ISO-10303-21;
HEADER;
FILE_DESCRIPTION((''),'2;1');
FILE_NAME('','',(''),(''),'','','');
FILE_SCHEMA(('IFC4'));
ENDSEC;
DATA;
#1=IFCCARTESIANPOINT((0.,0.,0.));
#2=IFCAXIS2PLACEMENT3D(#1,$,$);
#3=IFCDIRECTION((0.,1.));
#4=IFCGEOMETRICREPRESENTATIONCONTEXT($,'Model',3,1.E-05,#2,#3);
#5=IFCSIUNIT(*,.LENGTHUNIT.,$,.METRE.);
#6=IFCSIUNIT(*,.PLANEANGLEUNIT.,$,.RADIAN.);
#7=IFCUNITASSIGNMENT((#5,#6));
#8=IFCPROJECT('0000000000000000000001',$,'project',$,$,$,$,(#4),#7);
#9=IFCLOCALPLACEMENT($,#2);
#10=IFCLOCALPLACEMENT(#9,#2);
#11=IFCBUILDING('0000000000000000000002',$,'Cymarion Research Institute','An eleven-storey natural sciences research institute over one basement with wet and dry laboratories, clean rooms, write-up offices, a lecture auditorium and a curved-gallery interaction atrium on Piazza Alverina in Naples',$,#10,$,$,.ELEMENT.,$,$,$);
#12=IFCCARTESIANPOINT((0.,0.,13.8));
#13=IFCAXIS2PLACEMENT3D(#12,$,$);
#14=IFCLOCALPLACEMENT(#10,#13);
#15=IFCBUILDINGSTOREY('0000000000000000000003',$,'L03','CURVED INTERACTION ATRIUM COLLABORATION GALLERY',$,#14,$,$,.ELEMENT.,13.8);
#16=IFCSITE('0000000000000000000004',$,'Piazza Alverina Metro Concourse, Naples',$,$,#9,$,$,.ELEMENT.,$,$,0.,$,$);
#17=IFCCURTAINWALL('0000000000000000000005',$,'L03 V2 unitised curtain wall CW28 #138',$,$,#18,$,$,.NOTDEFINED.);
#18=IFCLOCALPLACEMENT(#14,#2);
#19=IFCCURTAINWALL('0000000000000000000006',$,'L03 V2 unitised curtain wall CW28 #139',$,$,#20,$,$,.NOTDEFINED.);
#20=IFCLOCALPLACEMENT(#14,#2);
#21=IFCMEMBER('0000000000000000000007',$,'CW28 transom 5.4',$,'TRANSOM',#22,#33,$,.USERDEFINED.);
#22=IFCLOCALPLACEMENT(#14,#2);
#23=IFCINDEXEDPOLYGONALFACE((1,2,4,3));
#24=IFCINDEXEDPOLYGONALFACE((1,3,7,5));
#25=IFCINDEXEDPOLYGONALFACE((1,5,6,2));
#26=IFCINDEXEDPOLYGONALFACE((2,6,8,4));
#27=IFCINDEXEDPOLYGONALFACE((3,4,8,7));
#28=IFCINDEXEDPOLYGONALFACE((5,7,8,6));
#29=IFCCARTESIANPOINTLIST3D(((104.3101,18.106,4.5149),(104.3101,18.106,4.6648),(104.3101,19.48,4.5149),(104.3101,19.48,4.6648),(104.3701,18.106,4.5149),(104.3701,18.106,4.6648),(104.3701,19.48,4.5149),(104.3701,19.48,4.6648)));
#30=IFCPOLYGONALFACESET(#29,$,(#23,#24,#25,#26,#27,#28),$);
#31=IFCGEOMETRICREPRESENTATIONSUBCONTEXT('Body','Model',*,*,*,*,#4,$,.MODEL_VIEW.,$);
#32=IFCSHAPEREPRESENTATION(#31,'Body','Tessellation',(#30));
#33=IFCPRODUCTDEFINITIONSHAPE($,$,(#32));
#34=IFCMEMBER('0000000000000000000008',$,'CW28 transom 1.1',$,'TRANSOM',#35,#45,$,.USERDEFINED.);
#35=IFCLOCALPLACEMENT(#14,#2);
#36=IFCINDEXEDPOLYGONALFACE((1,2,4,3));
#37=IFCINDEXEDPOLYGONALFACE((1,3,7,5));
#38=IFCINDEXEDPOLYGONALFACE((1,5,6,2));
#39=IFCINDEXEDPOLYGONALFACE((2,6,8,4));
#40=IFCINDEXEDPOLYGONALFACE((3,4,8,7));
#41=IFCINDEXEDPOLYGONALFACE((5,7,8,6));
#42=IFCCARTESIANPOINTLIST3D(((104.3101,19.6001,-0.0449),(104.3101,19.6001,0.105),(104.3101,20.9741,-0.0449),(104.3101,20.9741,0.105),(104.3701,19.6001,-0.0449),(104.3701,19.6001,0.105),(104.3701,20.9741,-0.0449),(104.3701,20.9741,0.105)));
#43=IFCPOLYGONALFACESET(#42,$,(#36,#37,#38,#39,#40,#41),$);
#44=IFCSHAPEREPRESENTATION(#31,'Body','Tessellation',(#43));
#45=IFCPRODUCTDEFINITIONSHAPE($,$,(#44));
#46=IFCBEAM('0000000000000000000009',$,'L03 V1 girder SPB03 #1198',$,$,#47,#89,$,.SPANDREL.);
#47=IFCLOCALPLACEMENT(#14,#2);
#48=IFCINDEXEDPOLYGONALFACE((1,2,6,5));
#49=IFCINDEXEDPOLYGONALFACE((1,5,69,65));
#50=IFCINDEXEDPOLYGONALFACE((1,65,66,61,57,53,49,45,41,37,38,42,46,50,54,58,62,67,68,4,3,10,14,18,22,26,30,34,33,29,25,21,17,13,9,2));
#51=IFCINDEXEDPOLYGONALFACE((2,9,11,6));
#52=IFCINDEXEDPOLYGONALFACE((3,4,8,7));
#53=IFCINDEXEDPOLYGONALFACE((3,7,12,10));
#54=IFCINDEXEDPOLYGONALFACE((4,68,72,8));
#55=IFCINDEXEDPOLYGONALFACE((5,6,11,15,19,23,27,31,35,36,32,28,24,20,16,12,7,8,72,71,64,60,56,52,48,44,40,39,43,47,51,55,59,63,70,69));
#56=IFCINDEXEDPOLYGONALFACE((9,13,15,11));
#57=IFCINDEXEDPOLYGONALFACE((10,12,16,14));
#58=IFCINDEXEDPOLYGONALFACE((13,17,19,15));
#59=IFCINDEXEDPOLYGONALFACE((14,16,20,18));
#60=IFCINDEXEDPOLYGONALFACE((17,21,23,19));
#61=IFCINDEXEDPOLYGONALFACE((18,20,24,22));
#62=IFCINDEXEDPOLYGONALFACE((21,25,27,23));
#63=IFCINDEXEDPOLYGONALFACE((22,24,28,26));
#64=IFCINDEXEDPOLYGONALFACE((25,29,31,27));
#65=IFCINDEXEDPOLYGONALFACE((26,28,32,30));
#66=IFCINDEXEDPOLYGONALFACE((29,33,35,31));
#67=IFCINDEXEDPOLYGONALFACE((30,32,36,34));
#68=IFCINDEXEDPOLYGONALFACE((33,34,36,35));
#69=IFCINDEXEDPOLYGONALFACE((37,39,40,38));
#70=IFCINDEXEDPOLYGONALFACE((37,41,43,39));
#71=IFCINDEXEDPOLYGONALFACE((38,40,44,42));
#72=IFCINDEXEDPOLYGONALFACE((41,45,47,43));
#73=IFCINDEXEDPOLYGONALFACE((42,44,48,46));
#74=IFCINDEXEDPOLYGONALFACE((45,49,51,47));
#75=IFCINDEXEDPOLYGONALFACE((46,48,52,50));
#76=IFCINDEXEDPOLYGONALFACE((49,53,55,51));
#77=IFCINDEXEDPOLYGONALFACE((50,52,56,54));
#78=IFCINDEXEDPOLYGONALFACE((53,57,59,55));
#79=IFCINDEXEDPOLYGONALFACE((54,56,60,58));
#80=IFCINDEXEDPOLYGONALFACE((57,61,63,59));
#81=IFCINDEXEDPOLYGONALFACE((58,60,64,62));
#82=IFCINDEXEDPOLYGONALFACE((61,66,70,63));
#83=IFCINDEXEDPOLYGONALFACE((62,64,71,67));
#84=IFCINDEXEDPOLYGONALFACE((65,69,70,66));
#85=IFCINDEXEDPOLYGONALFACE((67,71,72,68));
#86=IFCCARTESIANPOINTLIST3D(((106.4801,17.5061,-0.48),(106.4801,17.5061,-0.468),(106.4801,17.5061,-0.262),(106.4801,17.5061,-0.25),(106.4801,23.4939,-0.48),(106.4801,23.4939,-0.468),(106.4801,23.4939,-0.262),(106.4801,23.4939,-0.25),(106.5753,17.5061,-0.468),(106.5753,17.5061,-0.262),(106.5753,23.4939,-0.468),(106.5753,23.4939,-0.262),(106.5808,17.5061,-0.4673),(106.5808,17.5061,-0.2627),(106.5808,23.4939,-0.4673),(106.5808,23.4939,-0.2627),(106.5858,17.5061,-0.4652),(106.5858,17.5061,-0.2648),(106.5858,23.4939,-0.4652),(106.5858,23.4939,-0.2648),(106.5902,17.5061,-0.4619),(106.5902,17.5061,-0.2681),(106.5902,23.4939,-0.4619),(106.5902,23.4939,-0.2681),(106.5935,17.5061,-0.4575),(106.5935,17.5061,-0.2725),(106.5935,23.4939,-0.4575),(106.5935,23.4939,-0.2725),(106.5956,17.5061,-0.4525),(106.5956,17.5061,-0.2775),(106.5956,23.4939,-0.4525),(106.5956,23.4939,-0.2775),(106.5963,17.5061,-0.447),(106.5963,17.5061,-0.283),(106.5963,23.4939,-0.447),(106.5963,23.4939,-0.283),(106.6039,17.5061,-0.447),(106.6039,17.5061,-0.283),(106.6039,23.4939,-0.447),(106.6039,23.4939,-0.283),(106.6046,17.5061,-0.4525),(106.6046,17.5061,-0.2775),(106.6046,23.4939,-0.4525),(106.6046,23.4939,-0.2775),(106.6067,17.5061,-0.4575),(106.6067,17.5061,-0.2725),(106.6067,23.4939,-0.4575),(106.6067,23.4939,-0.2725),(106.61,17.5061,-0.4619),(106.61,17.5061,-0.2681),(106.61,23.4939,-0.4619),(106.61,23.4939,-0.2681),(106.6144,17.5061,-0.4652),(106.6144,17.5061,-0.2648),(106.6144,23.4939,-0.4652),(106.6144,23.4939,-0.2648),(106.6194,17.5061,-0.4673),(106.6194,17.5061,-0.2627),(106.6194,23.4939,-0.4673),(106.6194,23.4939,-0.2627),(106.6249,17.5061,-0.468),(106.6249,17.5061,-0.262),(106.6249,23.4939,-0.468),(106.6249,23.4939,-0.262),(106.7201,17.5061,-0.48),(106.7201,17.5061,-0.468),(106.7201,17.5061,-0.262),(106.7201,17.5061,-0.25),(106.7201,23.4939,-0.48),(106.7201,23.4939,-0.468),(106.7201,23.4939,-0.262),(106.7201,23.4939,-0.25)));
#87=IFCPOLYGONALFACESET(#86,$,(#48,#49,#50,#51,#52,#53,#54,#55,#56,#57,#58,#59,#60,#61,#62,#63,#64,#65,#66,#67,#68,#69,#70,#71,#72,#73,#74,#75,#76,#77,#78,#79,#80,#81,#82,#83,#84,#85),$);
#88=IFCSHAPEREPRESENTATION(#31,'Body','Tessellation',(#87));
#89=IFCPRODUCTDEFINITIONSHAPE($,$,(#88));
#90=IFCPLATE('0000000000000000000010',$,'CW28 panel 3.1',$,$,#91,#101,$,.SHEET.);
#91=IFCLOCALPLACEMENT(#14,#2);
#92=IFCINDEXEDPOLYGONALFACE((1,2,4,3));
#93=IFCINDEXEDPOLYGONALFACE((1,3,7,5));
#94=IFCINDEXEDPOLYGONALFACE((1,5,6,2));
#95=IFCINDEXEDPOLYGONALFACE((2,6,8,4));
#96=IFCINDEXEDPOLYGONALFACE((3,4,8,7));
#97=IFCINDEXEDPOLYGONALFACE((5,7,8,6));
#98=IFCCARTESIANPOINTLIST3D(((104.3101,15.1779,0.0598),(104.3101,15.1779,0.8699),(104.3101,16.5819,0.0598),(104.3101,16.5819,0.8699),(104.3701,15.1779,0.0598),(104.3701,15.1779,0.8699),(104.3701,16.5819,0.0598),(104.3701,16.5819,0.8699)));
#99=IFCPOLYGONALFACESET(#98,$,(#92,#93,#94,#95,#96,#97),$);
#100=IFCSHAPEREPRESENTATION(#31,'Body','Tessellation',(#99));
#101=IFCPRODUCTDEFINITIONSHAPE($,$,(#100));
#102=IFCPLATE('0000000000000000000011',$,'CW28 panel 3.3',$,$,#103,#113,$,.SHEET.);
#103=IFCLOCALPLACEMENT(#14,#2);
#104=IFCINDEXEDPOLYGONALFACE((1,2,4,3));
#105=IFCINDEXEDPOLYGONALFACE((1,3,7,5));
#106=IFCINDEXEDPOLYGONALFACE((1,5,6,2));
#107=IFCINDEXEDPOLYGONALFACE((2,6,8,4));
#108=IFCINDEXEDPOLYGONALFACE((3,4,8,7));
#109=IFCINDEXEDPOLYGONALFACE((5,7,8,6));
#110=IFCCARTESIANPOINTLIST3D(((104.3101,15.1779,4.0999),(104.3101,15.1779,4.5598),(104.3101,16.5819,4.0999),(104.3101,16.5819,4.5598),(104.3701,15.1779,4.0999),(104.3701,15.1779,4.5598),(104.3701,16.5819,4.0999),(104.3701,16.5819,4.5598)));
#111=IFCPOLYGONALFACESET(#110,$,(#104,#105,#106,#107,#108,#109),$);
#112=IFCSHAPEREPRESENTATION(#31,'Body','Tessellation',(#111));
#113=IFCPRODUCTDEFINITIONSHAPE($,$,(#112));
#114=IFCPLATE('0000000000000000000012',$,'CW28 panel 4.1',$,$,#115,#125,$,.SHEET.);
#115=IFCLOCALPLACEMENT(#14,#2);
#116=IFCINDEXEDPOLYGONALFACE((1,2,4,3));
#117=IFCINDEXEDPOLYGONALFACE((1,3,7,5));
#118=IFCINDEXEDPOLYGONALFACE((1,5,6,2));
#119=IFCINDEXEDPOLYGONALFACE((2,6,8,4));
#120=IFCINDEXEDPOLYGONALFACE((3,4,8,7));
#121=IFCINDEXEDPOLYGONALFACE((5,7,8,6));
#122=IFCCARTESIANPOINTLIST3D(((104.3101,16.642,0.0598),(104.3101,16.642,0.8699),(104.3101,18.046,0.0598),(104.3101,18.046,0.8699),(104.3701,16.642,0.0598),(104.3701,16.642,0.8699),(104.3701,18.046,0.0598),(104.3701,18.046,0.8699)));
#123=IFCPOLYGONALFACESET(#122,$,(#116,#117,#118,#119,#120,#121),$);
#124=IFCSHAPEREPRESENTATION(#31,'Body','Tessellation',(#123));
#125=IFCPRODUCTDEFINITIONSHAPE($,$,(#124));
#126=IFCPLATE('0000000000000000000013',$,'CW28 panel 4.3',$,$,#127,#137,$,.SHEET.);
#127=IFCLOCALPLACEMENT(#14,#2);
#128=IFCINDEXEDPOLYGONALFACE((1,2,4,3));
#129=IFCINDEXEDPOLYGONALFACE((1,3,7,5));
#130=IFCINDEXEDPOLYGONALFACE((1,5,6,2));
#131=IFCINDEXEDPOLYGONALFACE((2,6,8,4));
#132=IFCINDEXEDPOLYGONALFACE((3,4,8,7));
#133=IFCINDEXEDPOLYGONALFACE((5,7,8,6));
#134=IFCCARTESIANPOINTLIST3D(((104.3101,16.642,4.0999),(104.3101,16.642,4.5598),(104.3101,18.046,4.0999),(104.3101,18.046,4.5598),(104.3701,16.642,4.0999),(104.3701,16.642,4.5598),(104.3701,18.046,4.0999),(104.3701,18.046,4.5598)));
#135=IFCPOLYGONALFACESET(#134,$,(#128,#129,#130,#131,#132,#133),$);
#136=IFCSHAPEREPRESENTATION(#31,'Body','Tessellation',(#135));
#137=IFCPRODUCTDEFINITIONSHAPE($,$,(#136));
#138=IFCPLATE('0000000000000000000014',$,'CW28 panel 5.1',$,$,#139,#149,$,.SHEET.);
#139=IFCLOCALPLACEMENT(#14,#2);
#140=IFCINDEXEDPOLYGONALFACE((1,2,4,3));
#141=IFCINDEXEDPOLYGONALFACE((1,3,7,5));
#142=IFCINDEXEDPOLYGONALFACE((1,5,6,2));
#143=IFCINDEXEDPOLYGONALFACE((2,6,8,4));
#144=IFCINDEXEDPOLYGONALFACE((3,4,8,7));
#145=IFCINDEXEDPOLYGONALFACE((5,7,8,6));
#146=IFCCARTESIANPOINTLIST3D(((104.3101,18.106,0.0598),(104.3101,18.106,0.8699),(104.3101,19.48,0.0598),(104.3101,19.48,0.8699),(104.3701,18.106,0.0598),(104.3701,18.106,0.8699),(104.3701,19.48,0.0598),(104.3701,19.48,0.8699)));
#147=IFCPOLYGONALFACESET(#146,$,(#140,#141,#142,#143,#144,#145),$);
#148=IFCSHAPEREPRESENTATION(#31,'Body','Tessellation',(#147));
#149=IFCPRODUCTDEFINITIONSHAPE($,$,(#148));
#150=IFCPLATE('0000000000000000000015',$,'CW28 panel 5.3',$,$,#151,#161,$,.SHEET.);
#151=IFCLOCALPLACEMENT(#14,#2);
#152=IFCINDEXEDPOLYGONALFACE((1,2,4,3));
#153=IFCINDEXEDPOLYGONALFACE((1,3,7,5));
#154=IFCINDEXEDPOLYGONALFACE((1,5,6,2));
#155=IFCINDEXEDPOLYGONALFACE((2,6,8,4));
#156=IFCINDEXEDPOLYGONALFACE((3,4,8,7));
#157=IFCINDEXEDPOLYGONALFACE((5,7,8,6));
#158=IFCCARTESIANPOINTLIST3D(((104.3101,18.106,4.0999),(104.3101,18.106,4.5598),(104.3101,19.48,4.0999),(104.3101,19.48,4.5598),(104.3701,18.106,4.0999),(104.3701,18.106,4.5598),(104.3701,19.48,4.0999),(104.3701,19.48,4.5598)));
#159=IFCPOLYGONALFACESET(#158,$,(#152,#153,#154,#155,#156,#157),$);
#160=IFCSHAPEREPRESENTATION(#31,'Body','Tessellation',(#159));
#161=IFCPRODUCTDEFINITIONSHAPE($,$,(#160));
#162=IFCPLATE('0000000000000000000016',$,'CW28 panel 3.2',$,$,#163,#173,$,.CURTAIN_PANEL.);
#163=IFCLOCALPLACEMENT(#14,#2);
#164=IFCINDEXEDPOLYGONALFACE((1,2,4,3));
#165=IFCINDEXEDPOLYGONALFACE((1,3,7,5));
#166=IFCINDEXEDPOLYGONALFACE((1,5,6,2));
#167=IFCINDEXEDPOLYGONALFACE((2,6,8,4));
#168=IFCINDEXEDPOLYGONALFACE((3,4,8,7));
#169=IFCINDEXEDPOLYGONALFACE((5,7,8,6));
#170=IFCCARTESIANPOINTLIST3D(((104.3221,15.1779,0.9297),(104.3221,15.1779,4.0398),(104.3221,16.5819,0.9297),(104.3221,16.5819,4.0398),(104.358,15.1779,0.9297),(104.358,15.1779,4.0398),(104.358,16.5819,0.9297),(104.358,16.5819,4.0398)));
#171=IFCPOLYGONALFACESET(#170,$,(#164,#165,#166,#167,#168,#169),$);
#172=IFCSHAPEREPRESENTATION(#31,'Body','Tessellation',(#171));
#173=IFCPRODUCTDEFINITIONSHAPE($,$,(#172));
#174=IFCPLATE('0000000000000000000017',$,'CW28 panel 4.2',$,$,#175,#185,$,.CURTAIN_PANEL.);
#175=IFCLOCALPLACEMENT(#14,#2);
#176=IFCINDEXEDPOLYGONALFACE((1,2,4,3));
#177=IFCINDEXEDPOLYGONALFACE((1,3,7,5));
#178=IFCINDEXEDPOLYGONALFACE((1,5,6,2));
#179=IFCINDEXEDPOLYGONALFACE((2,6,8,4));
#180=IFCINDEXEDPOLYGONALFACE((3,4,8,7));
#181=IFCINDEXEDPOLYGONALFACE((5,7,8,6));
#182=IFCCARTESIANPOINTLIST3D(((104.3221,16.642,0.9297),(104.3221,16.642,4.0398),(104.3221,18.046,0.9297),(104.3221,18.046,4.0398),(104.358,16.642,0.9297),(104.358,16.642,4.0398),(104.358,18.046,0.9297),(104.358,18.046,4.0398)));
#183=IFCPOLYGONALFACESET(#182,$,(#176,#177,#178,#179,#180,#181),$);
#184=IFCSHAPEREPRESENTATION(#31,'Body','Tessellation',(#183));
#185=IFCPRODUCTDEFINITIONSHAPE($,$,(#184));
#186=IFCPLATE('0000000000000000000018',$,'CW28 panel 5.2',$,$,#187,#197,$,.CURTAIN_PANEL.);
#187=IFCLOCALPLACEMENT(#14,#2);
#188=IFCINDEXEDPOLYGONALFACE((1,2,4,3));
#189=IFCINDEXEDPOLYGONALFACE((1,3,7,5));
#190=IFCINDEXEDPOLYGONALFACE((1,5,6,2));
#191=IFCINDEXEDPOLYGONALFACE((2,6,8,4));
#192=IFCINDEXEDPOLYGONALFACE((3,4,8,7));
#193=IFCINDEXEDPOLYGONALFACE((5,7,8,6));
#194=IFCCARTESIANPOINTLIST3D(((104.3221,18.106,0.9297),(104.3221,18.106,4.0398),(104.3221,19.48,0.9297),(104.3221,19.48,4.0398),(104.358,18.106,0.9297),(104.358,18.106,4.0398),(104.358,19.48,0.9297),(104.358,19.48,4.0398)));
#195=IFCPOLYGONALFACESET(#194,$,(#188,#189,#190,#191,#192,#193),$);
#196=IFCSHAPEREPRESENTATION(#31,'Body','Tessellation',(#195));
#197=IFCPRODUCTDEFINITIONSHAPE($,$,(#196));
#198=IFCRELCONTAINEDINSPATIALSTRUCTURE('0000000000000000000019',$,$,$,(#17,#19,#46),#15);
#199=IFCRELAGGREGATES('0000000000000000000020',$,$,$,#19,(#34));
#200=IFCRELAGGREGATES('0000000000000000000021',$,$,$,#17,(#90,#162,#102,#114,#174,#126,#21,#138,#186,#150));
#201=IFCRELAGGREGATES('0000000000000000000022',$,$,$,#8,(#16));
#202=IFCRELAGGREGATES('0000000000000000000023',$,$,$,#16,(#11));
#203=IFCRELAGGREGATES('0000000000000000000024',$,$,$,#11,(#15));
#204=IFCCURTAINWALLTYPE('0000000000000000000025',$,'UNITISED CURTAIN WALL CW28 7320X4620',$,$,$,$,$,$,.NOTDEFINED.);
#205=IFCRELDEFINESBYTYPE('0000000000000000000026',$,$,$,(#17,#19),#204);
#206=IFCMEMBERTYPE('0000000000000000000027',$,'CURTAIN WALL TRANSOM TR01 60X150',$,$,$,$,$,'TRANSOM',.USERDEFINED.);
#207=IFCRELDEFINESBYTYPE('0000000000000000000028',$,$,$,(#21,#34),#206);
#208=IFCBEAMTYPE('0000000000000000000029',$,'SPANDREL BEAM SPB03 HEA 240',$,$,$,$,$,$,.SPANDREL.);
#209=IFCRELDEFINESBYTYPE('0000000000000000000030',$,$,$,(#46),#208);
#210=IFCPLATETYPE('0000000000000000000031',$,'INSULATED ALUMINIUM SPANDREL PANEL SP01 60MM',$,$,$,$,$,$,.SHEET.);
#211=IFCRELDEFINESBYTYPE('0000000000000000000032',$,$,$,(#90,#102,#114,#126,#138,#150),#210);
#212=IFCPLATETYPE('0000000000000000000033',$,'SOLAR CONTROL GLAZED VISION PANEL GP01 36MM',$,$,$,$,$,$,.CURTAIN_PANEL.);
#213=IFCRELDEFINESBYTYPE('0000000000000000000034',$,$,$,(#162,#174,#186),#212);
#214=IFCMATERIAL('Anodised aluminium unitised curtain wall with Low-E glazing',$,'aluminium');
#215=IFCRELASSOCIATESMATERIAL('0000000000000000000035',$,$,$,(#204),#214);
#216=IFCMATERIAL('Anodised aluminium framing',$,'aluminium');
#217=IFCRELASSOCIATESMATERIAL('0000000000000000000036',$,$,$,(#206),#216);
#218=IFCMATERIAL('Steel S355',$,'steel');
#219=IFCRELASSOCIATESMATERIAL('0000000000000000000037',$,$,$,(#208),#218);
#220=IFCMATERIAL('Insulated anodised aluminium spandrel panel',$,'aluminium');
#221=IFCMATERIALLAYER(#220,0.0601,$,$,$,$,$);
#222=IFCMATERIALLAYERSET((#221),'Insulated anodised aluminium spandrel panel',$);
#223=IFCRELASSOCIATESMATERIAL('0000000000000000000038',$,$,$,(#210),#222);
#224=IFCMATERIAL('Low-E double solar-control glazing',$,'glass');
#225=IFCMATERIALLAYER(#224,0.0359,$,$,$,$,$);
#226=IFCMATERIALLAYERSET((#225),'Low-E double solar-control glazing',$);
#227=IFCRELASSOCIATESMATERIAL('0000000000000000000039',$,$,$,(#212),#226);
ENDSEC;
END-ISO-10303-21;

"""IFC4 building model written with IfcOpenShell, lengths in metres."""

from ifc_helpers import new_model, si_unit, direction, frame, origin, origin_2d, place, context, subcontext, project, spatial, rectangle, i_section, extrude, material, layer, layer_set, material_profile, profile_set, type_object, element, aggregate, save


model = new_model("IFC4")

# Units and contexts
model_context = context("Model", 3, precision=1e-05, world=origin(), true_north=direction((0.0, 1.0)))
body_context = subcontext(model_context, "Body", "Model", "MODEL_VIEW")
ifc_project = project(units=[si_unit("LENGTHUNIT", "METRE"), si_unit("PLANEANGLEUNIT", "RADIAN")], contexts=[model_context])

# Site, building, storey
site_placement = place(None, origin())
site = spatial("IfcSite", under=ifc_project, at=site_placement, Name="Piazza Alverina Metro Concourse, Naples", CompositionType="ELEMENT", RefElevation=0.0)
building_placement = place(site_placement, origin())
building = spatial("IfcBuilding", under=site, at=building_placement, Name="Cymarion Research Institute", Description="An eleven-storey natural sciences research institute over one basement with wet and dry laboratories, clean rooms, write-up offices, a lecture auditorium and a curved-gallery interaction atrium on Piazza Alverina in Naples", CompositionType="ELEMENT")
storey_placement = place(building_placement, frame((0.0, 0.0, 13.8)))
storey = spatial("IfcBuildingStorey", under=building, at=storey_placement, Name="L03", Description="CURVED INTERACTION ATRIUM COLLABORATION GALLERY", CompositionType="ELEMENT", Elevation=13.8)

# Shared definitions
ifc_material_1 = material(Name="Steel S355", Category="steel")

# Curtain wall
ifc_material_2 = material(Name="Anodised aluminium unitised curtain wall with Low-E glazing", Category="aluminium")
curtain_wall_type = type_object("IfcCurtainWallType", Name="UNITISED CURTAIN WALL CW28 7320X4620", PredefinedType="NOTDEFINED", material=ifc_material_2)
curtain_wall_1_placement = place(storey_placement, origin())
curtain_wall_1 = element("IfcCurtainWall", 1, at=curtain_wall_1_placement, inside=storey, type_object=curtain_wall_type, Name="L03 V2 unitised curtain wall CW28 #138", PredefinedType="NOTDEFINED")
ifc_material_3 = material(Name="Anodised aluminium framing", Category="aluminium")

# Curtain wall
curtain_wall_2_placement = place(storey_placement, origin())
curtain_wall_2 = element("IfcCurtainWall", 2, at=curtain_wall_2_placement, inside=storey, type_object=curtain_wall_type, Name="L03 V2 unitised curtain wall CW28 #139", PredefinedType="NOTDEFINED")

# Members
ifc_material_profile_1 = material_profile(ifc_material_3, rectangle(XDim=0.0601, YDim=0.1499, at=origin_2d()), Name="ALU TRANSOM 60x150")
ifc_profile_set_1 = profile_set([ifc_material_profile_1], Name="Anodised aluminium framing")
member_type_1 = type_object("IfcMemberType", Name="CURTAIN WALL TRANSOM TR01 60X150", ElementType="TRANSOM", PredefinedType="USERDEFINED", material=ifc_profile_set_1)
member_1_placement = place(storey_placement, frame((104.3401, 18.106, 4.5898), z_axis=(0.0, 1.0, 0.0), x_axis=(-1.0, 0.0, 0.0)))
member_1 = element("IfcMember", 3, at=member_1_placement, type_object=member_type_1, Name="CW28 transom 5.4", ObjectType="TRANSOM", PredefinedType="USERDEFINED", context=body_context, shape_type="SweptSolid", body=[
    extrude(rectangle(XDim=0.0601, YDim=0.1499, at=origin_2d()), origin(), (0.0, 0.0, 1.0), 1.374),
])
member_2_placement = place(storey_placement, frame((104.3401, 19.6001, 0.03), z_axis=(0.0, 1.0, 0.0), x_axis=(-1.0, 0.0, 0.0)))
member_2 = element("IfcMember", 4, at=member_2_placement, type_object=member_type_1, Name="CW28 transom 1.1", ObjectType="TRANSOM", PredefinedType="USERDEFINED", context=body_context, shape_type="SweptSolid", body=[
    extrude(rectangle(XDim=0.0601, YDim=0.1499, at=origin_2d()), origin(), (0.0, 0.0, 1.0), 1.374),
])
aggregate(curtain_wall_2, [member_2])

# Beam
ifc_material_profile_2 = material_profile(ifc_material_1, i_section(OverallWidth=0.24, OverallDepth=0.23, WebThickness=0.0076, FlangeThickness=0.012, FilletRadius=0.021, at=origin_2d()), Name="HEA 240")
ifc_profile_set_2 = profile_set([ifc_material_profile_2], Name="Steel S355")
beam_type = type_object("IfcBeamType", Name="SPANDREL BEAM SPB03 HEA 240", PredefinedType="SPANDREL", material=ifc_profile_set_2)
beam_placement = place(storey_placement, frame((106.6001, 17.5061, -0.365), z_axis=(0.0, 1.0, 0.0), x_axis=(-1.0, 0.0, 0.0)))
element("IfcBeam", 5, at=beam_placement, inside=storey, type_object=beam_type, Name="L03 V1 girder SPB03 #1198", PredefinedType="SPANDREL", context=body_context, shape_type="SweptSolid", body=[
    extrude(i_section(OverallWidth=0.24, OverallDepth=0.23, WebThickness=0.0076, FlangeThickness=0.012, FilletRadius=0.021, at=origin_2d()), origin(), (0.0, 0.0, 1.0), 5.9878),
])

# Plates
ifc_material_4 = material(Name="Insulated anodised aluminium spandrel panel", Category="aluminium")
ifc_layer_1 = layer(ifc_material_4, 0.0601)
ifc_layer_set_1 = layer_set([ifc_layer_1], Name="Insulated anodised aluminium spandrel panel")
plate_type_1 = type_object("IfcPlateType", Name="INSULATED ALUMINIUM SPANDREL PANEL SP01 60MM", PredefinedType="SHEET", material=ifc_layer_set_1)
plate_1_placement = place(storey_placement, frame((104.3401, 15.8799, 0.0598), z_axis=(0.0, 0.0, 1.0), x_axis=(0.0, 1.0, 0.0)))
plate_1 = element("IfcPlate", 6, at=plate_1_placement, type_object=plate_type_1, Name="CW28 panel 3.1", PredefinedType="SHEET", context=body_context, shape_type="SweptSolid", body=[
    extrude(rectangle(XDim=1.4041, YDim=0.0601, at=origin_2d()), origin(), (0.0, 0.0, 1.0), 0.8101),
])
plate_2_placement = place(storey_placement, frame((104.3401, 15.8799, 4.0999), z_axis=(0.0, 0.0, 1.0), x_axis=(0.0, 1.0, 0.0)))
plate_2 = element("IfcPlate", 7, at=plate_2_placement, type_object=plate_type_1, Name="CW28 panel 3.3", PredefinedType="SHEET", context=body_context, shape_type="SweptSolid", body=[
    extrude(rectangle(XDim=1.4041, YDim=0.0601, at=origin_2d()), origin(), (0.0, 0.0, 1.0), 0.46),
])
plate_3_placement = place(storey_placement, frame((104.3401, 17.344, 0.0598), z_axis=(0.0, 0.0, 1.0), x_axis=(0.0, 1.0, 0.0)))
plate_3 = element("IfcPlate", 8, at=plate_3_placement, type_object=plate_type_1, Name="CW28 panel 4.1", PredefinedType="SHEET", context=body_context, shape_type="SweptSolid", body=[
    extrude(rectangle(XDim=1.4041, YDim=0.0601, at=origin_2d()), origin(), (0.0, 0.0, 1.0), 0.8101),
])
plate_4_placement = place(storey_placement, frame((104.3401, 17.344, 4.0999), z_axis=(0.0, 0.0, 1.0), x_axis=(0.0, 1.0, 0.0)))
plate_4 = element("IfcPlate", 9, at=plate_4_placement, type_object=plate_type_1, Name="CW28 panel 4.3", PredefinedType="SHEET", context=body_context, shape_type="SweptSolid", body=[
    extrude(rectangle(XDim=1.4041, YDim=0.0601, at=origin_2d()), origin(), (0.0, 0.0, 1.0), 0.46),
])
plate_5_placement = place(storey_placement, frame((104.3401, 18.793, 0.0598), z_axis=(0.0, 0.0, 1.0), x_axis=(0.0, 1.0, 0.0)))
plate_5 = element("IfcPlate", 10, at=plate_5_placement, type_object=plate_type_1, Name="CW28 panel 5.1", PredefinedType="SHEET", context=body_context, shape_type="SweptSolid", body=[
    extrude(rectangle(XDim=1.374, YDim=0.0601, at=origin_2d()), origin(), (0.0, 0.0, 1.0), 0.8101),
])
plate_6_placement = place(storey_placement, frame((104.3401, 18.793, 4.0999), z_axis=(0.0, 0.0, 1.0), x_axis=(0.0, 1.0, 0.0)))
plate_6 = element("IfcPlate", 11, at=plate_6_placement, type_object=plate_type_1, Name="CW28 panel 5.3", PredefinedType="SHEET", context=body_context, shape_type="SweptSolid", body=[
    extrude(rectangle(XDim=1.374, YDim=0.0601, at=origin_2d()), origin(), (0.0, 0.0, 1.0), 0.46),
])
ifc_material_5 = material(Name="Low-E double solar-control glazing", Category="glass")
ifc_layer_2 = layer(ifc_material_5, 0.0359)
ifc_layer_set_2 = layer_set([ifc_layer_2], Name="Low-E double solar-control glazing")
plate_type_2 = type_object("IfcPlateType", Name="SOLAR CONTROL GLAZED VISION PANEL GP01 36MM", PredefinedType="CURTAIN_PANEL", material=ifc_layer_set_2)
plate_7_placement = place(storey_placement, frame((104.3401, 15.8799, 0.9297), z_axis=(0.0, 0.0, 1.0), x_axis=(0.0, 1.0, 0.0)))
plate_7 = element("IfcPlate", 12, at=plate_7_placement, type_object=plate_type_2, Name="CW28 panel 3.2", PredefinedType="CURTAIN_PANEL", context=body_context, shape_type="SweptSolid", body=[
    extrude(rectangle(XDim=1.4041, YDim=0.0359, at=origin_2d()), origin(), (0.0, 0.0, 1.0), 3.1101),
])
plate_8_placement = place(storey_placement, frame((104.3401, 17.344, 0.9297), z_axis=(0.0, 0.0, 1.0), x_axis=(0.0, 1.0, 0.0)))
plate_8 = element("IfcPlate", 13, at=plate_8_placement, type_object=plate_type_2, Name="CW28 panel 4.2", PredefinedType="CURTAIN_PANEL", context=body_context, shape_type="SweptSolid", body=[
    extrude(rectangle(XDim=1.4041, YDim=0.0359, at=origin_2d()), origin(), (0.0, 0.0, 1.0), 3.1101),
])
plate_9_placement = place(storey_placement, frame((104.3401, 18.793, 0.9297), z_axis=(0.0, 0.0, 1.0), x_axis=(0.0, 1.0, 0.0)))
plate_9 = element("IfcPlate", 14, at=plate_9_placement, type_object=plate_type_2, Name="CW28 panel 5.2", PredefinedType="CURTAIN_PANEL", context=body_context, shape_type="SweptSolid", body=[
    extrude(rectangle(XDim=1.374, YDim=0.0359, at=origin_2d()), origin(), (0.0, 0.0, 1.0), 3.1101),
])
aggregate(curtain_wall_1, [plate_1, plate_7, plate_2, plate_3, plate_8, plate_4, member_1, plate_5, plate_9, plate_6])

save(model, "model.ifc")
